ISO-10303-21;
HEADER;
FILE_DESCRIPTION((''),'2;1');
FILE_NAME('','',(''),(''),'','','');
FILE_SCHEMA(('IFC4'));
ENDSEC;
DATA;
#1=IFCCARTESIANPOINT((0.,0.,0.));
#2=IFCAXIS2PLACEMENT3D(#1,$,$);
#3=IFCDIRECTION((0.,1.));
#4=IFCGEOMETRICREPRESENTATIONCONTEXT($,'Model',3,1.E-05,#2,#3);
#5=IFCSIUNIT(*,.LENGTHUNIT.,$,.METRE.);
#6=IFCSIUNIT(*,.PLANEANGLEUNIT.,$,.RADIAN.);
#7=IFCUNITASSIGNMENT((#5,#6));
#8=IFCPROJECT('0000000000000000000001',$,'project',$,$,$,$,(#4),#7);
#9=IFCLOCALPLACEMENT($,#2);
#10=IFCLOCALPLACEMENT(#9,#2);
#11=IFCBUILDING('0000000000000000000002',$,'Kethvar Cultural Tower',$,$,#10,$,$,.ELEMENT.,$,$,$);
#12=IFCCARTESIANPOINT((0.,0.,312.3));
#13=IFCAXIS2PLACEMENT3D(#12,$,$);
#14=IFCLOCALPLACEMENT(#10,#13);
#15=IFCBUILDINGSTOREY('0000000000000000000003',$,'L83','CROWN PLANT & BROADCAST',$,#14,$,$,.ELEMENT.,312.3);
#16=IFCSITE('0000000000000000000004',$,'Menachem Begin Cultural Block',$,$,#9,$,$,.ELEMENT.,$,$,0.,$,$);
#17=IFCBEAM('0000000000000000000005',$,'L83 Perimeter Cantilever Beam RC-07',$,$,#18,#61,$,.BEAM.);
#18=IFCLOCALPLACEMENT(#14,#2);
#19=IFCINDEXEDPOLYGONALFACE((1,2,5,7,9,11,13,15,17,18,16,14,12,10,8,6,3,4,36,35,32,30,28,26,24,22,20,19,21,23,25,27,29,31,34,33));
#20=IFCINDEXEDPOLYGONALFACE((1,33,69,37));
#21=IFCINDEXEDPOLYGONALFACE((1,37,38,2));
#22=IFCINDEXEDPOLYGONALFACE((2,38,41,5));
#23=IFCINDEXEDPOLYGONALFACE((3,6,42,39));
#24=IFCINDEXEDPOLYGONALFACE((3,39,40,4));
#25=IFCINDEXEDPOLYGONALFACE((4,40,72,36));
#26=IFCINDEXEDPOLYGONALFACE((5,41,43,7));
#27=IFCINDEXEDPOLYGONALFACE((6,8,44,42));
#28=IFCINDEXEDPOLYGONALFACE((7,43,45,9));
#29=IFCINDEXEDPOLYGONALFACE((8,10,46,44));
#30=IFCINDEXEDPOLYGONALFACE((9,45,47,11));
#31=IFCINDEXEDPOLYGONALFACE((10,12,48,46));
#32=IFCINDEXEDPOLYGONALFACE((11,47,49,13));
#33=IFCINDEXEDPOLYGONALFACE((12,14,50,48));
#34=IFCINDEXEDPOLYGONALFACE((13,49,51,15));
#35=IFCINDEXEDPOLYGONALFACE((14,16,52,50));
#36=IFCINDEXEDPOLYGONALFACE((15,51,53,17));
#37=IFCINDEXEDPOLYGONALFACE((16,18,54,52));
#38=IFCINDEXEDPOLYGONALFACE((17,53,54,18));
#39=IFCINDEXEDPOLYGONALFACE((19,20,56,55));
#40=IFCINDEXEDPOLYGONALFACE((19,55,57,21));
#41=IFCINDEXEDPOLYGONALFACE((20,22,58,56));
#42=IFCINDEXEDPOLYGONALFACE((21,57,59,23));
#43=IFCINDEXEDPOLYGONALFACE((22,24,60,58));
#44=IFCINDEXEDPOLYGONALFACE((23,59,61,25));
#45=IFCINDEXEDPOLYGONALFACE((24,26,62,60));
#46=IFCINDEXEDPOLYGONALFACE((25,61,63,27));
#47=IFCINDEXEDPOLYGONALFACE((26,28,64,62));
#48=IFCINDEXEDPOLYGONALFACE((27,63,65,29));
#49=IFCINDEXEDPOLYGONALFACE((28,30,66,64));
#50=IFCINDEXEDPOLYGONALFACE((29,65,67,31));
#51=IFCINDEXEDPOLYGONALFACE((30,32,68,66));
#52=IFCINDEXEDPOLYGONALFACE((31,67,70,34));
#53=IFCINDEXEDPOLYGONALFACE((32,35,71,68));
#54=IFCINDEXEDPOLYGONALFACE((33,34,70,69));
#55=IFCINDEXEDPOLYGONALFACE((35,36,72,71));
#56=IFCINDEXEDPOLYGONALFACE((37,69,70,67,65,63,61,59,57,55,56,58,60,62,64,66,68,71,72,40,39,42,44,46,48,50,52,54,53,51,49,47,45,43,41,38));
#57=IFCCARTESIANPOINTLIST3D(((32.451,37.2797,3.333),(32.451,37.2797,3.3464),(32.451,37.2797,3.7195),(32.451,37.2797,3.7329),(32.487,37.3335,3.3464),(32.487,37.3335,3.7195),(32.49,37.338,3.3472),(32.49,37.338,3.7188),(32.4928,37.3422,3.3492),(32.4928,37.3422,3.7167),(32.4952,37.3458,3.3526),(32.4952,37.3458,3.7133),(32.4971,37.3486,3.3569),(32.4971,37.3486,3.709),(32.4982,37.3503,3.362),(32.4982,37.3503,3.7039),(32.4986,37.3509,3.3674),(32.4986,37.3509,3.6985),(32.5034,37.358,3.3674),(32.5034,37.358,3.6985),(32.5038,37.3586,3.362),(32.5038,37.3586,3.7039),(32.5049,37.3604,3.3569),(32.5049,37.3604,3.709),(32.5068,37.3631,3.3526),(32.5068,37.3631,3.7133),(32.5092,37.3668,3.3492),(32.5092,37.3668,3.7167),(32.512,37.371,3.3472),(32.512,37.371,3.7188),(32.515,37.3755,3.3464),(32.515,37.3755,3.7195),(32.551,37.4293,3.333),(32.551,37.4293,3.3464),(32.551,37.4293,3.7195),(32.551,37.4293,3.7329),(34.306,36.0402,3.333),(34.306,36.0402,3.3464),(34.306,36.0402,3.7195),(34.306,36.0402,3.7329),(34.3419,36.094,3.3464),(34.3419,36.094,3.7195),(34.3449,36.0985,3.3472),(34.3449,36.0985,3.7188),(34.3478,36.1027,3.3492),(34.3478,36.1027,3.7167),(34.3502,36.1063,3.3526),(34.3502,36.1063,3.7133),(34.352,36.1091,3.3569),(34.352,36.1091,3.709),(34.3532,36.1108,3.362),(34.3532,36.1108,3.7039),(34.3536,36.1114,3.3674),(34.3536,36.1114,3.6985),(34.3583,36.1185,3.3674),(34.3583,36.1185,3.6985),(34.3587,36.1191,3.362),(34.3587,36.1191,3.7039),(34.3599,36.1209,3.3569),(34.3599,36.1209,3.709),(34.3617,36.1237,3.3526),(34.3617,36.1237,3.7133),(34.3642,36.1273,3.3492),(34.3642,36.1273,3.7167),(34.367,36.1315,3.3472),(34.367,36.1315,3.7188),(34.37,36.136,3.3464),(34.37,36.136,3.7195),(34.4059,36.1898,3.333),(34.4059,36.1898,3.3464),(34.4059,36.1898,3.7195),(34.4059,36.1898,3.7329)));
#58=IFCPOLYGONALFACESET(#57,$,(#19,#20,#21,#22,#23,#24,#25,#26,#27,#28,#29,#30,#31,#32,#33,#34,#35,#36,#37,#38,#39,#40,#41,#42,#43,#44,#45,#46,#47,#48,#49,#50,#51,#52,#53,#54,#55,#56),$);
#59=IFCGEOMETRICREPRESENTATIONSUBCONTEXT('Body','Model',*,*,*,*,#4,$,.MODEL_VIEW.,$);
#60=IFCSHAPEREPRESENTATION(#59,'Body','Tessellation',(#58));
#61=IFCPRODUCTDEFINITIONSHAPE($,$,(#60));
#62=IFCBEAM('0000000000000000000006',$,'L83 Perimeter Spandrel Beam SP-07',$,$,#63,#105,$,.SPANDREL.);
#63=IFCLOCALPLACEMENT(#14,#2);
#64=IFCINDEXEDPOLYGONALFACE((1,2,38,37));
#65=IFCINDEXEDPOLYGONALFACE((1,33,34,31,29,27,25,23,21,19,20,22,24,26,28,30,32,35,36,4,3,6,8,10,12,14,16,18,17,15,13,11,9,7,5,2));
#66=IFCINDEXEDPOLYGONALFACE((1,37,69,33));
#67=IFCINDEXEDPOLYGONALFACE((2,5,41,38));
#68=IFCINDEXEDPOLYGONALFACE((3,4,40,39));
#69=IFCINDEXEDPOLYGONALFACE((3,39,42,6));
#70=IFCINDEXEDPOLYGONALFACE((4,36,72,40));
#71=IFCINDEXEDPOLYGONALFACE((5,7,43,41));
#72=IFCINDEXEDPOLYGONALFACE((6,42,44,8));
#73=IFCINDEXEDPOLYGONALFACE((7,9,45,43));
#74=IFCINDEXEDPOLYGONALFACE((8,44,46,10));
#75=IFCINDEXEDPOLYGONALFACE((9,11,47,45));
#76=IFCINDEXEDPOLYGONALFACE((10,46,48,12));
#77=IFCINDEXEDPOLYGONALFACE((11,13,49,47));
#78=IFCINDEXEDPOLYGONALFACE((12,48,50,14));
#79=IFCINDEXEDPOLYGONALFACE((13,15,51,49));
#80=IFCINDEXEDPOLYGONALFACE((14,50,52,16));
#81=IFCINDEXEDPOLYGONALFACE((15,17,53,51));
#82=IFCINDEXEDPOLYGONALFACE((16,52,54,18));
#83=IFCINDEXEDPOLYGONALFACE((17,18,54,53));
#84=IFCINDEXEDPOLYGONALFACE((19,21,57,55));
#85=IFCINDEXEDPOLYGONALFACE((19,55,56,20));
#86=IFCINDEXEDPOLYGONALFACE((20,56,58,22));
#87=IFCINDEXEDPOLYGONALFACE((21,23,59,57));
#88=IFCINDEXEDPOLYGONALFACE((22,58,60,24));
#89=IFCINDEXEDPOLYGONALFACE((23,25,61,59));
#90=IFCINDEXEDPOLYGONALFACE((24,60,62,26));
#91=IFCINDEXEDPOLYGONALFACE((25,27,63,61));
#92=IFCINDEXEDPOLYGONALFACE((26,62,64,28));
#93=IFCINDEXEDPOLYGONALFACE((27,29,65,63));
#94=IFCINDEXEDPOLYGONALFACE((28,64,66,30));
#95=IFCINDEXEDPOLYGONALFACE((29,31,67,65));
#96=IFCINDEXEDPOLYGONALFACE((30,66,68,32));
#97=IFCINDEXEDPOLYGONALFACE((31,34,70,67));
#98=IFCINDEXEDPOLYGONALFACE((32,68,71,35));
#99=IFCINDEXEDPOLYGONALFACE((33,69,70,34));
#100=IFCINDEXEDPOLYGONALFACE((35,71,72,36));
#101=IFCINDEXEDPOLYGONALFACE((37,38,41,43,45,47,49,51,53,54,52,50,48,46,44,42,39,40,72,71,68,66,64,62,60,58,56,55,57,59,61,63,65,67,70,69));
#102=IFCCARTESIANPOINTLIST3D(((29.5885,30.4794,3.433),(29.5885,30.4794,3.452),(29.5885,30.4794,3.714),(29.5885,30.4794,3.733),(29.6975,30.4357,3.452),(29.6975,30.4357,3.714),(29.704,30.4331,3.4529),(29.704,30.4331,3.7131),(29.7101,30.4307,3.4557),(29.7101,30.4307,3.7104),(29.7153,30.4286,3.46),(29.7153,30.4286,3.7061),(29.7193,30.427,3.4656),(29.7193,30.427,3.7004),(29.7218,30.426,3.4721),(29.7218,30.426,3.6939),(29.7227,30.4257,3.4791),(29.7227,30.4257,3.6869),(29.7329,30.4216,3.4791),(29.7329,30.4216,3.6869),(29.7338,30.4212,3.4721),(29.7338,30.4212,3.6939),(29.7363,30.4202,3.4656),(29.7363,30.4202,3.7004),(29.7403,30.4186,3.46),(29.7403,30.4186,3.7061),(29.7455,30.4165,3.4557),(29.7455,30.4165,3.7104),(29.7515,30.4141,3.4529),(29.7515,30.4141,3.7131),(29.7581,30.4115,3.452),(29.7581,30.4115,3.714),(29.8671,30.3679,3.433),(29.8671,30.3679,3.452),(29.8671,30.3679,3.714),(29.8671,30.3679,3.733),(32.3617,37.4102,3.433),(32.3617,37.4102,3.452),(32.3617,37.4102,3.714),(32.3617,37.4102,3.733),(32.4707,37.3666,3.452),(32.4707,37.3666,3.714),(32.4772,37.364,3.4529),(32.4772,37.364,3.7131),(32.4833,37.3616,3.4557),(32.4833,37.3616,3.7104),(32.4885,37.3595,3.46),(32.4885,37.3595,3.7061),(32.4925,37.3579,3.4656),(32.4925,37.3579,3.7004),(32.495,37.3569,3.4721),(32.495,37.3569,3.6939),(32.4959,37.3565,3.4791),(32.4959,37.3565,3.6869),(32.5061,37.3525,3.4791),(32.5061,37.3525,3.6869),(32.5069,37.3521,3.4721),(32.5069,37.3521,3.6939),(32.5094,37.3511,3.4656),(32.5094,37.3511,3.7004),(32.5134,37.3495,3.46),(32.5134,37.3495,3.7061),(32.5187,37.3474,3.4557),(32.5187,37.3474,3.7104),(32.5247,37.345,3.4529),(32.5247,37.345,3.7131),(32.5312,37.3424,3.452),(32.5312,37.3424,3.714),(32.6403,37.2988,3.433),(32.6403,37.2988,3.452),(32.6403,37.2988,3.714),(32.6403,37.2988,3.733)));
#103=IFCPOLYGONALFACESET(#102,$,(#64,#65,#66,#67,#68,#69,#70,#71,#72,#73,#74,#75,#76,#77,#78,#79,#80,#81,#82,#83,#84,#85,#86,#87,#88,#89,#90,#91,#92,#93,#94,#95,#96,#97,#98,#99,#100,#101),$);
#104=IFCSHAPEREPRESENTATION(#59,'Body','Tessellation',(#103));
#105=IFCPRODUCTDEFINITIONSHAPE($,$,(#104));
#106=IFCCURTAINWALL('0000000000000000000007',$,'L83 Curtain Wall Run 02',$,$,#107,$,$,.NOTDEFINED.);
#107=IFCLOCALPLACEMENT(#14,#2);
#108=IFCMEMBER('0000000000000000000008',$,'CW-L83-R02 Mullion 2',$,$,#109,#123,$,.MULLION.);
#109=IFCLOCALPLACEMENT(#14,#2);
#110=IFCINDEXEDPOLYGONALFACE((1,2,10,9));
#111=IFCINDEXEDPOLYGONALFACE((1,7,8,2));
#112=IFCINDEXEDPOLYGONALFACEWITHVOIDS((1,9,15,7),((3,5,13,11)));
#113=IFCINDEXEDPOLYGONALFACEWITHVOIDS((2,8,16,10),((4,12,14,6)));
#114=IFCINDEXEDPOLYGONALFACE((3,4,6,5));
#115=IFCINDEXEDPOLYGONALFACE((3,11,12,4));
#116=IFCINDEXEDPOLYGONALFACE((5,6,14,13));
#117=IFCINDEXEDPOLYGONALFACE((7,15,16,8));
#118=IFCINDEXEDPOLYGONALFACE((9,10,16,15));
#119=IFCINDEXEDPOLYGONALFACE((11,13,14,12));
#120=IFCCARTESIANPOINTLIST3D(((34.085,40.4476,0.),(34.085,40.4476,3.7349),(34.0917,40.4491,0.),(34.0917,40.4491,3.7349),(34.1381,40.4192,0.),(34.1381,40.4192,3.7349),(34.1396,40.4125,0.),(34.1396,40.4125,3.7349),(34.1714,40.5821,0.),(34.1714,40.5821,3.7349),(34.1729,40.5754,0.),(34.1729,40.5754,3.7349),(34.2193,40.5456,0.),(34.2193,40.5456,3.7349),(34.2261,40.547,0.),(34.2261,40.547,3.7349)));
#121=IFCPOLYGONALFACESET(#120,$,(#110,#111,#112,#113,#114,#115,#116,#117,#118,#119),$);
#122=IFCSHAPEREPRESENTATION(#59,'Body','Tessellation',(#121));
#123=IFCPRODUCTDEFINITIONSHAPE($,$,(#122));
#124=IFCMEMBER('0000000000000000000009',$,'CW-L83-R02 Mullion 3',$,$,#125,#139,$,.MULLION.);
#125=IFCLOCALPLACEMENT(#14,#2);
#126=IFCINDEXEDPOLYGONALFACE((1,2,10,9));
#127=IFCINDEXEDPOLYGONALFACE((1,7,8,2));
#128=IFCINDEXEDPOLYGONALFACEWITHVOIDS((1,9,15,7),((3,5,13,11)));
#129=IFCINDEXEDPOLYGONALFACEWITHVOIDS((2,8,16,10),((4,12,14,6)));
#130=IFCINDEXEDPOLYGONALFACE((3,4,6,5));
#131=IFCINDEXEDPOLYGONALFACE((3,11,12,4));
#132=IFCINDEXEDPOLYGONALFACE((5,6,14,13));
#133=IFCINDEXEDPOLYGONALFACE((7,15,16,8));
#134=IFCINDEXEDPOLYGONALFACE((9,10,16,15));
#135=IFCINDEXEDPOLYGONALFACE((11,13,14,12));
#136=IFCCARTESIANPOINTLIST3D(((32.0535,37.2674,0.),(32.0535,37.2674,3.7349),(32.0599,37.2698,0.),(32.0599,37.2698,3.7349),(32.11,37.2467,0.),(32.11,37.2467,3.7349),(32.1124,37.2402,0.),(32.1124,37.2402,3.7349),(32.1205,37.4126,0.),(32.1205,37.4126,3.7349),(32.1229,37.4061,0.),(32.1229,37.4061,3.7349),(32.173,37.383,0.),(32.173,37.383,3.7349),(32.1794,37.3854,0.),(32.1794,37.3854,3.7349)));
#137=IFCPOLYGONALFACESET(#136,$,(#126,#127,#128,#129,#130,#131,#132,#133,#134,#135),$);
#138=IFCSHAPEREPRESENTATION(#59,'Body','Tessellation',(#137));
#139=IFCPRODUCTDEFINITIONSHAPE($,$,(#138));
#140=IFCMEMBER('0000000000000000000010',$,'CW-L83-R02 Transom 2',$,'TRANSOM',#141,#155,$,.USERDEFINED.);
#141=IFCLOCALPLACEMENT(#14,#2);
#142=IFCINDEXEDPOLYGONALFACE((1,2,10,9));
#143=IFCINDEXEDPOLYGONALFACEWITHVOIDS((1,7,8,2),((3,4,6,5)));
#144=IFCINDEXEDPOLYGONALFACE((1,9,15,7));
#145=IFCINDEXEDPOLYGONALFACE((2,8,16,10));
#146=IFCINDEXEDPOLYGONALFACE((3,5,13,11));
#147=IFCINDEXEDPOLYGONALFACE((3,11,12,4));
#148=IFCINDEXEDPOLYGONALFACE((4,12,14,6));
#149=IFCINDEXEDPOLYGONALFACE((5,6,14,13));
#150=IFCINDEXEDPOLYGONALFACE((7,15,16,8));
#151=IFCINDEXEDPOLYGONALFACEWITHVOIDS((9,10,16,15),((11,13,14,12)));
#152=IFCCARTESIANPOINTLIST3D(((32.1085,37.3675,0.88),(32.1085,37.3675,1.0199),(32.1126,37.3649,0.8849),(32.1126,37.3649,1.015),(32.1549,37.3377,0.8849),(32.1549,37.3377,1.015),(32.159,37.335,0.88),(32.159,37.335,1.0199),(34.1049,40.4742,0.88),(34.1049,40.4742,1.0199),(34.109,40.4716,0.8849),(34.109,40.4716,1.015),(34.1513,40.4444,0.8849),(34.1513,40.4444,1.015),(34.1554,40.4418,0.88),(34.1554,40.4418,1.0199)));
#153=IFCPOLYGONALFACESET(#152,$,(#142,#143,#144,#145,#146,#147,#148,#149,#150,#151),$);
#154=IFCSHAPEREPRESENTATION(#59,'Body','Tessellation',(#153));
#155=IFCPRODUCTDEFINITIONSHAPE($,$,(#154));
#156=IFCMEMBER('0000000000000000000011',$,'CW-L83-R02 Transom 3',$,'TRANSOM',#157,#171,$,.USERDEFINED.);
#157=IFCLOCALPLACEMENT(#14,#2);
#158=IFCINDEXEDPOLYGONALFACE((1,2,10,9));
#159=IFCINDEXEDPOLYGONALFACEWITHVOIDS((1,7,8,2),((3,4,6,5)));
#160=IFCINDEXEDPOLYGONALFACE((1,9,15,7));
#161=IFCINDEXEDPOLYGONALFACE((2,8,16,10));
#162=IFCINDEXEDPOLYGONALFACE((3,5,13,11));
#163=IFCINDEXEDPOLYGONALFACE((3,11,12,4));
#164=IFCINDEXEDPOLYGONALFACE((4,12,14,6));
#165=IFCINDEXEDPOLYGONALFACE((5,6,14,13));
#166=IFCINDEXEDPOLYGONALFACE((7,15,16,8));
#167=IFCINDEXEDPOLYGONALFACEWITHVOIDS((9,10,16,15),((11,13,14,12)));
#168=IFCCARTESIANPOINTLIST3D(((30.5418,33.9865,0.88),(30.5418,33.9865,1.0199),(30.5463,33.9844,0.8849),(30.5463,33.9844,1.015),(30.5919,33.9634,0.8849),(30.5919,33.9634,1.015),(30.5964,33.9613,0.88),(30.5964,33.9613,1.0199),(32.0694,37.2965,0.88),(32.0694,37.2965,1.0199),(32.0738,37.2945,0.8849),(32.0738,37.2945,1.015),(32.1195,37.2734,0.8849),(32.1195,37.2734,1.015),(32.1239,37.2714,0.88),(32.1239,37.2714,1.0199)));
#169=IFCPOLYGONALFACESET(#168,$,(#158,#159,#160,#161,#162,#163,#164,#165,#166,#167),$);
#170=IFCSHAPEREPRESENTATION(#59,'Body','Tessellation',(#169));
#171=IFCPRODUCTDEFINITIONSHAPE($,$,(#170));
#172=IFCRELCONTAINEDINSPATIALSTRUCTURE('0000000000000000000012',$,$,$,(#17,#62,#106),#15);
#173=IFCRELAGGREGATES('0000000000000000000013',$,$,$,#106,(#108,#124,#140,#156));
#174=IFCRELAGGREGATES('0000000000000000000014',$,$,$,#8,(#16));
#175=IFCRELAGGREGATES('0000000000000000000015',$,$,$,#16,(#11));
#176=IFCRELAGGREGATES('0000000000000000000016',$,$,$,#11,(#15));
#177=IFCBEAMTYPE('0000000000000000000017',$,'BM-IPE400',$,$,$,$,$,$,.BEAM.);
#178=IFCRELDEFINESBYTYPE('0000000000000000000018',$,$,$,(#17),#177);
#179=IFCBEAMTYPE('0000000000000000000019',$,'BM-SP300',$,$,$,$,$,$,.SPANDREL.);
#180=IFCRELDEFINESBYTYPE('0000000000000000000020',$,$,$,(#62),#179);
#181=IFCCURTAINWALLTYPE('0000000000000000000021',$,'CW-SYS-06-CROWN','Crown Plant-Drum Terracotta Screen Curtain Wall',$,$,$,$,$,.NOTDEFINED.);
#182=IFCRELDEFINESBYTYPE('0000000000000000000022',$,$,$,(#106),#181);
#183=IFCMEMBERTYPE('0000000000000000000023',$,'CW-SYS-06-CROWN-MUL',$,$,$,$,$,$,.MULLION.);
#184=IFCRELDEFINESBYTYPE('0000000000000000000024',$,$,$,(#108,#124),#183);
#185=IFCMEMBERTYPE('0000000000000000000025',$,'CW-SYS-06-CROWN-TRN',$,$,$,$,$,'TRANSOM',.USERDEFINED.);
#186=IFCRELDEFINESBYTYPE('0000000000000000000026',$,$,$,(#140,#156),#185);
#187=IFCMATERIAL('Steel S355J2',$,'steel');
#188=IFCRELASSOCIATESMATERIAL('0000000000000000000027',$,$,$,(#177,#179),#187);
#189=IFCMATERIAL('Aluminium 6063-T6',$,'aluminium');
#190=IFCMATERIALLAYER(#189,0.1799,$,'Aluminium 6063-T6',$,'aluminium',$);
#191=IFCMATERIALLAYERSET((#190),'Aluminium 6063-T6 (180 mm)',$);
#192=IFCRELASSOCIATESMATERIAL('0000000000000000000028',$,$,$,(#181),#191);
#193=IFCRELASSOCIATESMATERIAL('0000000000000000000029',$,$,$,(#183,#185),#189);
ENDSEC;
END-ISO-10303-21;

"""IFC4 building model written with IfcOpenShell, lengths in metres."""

from ifc_helpers import new_model, si_unit, direction, frame, origin, origin_2d, place, context, subcontext, project, spatial, hollow_rectangle, i_section, extrude, source, transform, mapped, material, layer, layer_set, material_profile, profile_set, type_object, element, aggregate, save


model = new_model("IFC4")

# Units and contexts
model_context = context("Model", 3, precision=1e-05, world=origin(), true_north=direction((0.0, 1.0)))
body_context = subcontext(model_context, "Body", "Model", "MODEL_VIEW")
ifc_project = project(units=[si_unit("LENGTHUNIT", "METRE"), si_unit("PLANEANGLEUNIT", "RADIAN")], contexts=[model_context])

# Site, building, storey
site_placement = place(None, origin())
site = spatial("IfcSite", under=ifc_project, at=site_placement, Name="Menachem Begin Cultural Block", CompositionType="ELEMENT", RefElevation=0.0)
building_placement = place(site_placement, origin())
building = spatial("IfcBuilding", under=site, at=building_placement, Name="Kethvar Cultural Tower", CompositionType="ELEMENT")
storey_placement = place(building_placement, frame((0.0, 0.0, 312.3)))
storey = spatial("IfcBuildingStorey", under=building, at=storey_placement, Name="L83", Description="CROWN PLANT & BROADCAST", CompositionType="ELEMENT", Elevation=312.3)

# Shared definitions
ifc_material_1 = material(Name="Steel S355J2", Category="steel")

# Beams
ifc_material_profile_1 = material_profile(ifc_material_1, i_section(OverallWidth=0.1799, OverallDepth=0.3999, WebThickness=0.0085, FlangeThickness=0.0134, FilletRadius=0.021, at=origin_2d()), Name="Steel S355J2 — IPE400")
ifc_profile_set_1 = profile_set([ifc_material_profile_1], Name="Steel S355J2 — IPE400")
beam_type_1 = type_object("IfcBeamType", Name="BM-IPE400", PredefinedType="BEAM", material=ifc_profile_set_1)
shared_shape_1 = source(origin(), body_context, "Body", "SweptSolid", [
    extrude(i_section(OverallWidth=0.1799, OverallDepth=0.3999, WebThickness=0.0085, FlangeThickness=0.0134, FilletRadius=0.021, at=origin_2d()), origin(), (0.0, 0.0, 1.0), 2.231),
])
beam_1_placement = place(storey_placement, frame((34.356, 36.115, 3.533), z_axis=(-0.831461, 0.555584, 0.0), x_axis=(-0.555584, -0.831461, 0.0)))
element("IfcBeam", 1, at=beam_1_placement, inside=storey, type_object=beam_type_1, Name="L83 Perimeter Cantilever Beam RC-07", PredefinedType="BEAM", context=body_context, shape_type="MappedRepresentation", body=[
    mapped(shared_shape_1, transform((0.0, 0.0, 0.0), scale=1.0)),
])
ifc_material_profile_2 = material_profile(ifc_material_1, i_section(OverallWidth=0.3, OverallDepth=0.3, WebThickness=0.011, FlangeThickness=0.019, FilletRadius=0.0271, at=origin_2d()), Name="Steel S355J2 — HEB300")
ifc_profile_set_2 = profile_set([ifc_material_profile_2], Name="Steel S355J2 — HEB300")
beam_type_2 = type_object("IfcBeamType", Name="BM-SP300", PredefinedType="SPANDREL", material=ifc_profile_set_2)
shared_shape_2 = source(origin(), body_context, "Body", "SweptSolid", [
    extrude(i_section(OverallWidth=0.3, OverallDepth=0.3, WebThickness=0.011, FlangeThickness=0.019, FilletRadius=0.0271, at=origin_2d()), origin(), (0.0, 0.0, 1.0), 7.4651),
])
beam_2_placement = place(storey_placement, frame((32.501, 37.3545, 3.583), z_axis=(-0.371487, -0.928438, 0.0), x_axis=(0.928438, -0.371487, 0.0)))
element("IfcBeam", 2, at=beam_2_placement, inside=storey, type_object=beam_type_2, Name="L83 Perimeter Spandrel Beam SP-07", PredefinedType="SPANDREL", context=body_context, shape_type="MappedRepresentation", body=[
    mapped(shared_shape_2, transform((0.0, 0.0, 0.0), scale=1.0)),
])

# Curtain wall, members
ifc_material_2 = material(Name="Aluminium 6063-T6", Category="aluminium")
ifc_layer_1 = layer(ifc_material_2, 0.1799, Name="Aluminium 6063-T6", Category="aluminium")
ifc_layer_set_1 = layer_set([ifc_layer_1], Name="Aluminium 6063-T6 (180 mm)")
curtain_wall_type = type_object("IfcCurtainWallType", Name="CW-SYS-06-CROWN", Description="Crown Plant-Drum Terracotta Screen Curtain Wall", PredefinedType="NOTDEFINED", material=ifc_layer_set_1)
curtain_wall_placement = place(storey_placement, origin())
curtain_wall = element("IfcCurtainWall", 3, at=curtain_wall_placement, inside=storey, type_object=curtain_wall_type, Name="L83 Curtain Wall Run 02", PredefinedType="NOTDEFINED")
ifc_material_profile_3 = material_profile(ifc_material_2, hollow_rectangle(XDim=0.0649, YDim=0.1599, WallThickness=0.0049, at=origin_2d()), Name="Aluminium 6063-T6 — RHS160x65x5")
ifc_profile_set_3 = profile_set([ifc_material_profile_3], Name="Aluminium 6063-T6 — RHS160x65x5")
member_type_1 = type_object("IfcMemberType", Name="CW-SYS-06-CROWN-MUL", PredefinedType="MULLION", material=ifc_profile_set_3)
shared_shape_3 = source(origin(), body_context, "Body", "SweptSolid", [
    extrude(hollow_rectangle(XDim=0.0649, YDim=0.1599, WallThickness=0.0049, at=origin_2d()), origin(), (0.0, 0.0, 1.0), 3.7349),
])
member_1_placement = place(storey_placement, frame((34.1555, 40.4973, 0.0), z_axis=(0.0, 0.0, 1.0), x_axis=(0.841266, -0.540622, 0.0)))
member_1 = element("IfcMember", 4, at=member_1_placement, type_object=member_type_1, Name="CW-L83-R02 Mullion 2", PredefinedType="MULLION", context=body_context, shape_type="MappedRepresentation", body=[
    mapped(shared_shape_3, transform((0.0, 0.0, 0.0), scale=1.0)),
])
member_2_placement = place(storey_placement, frame((32.1165, 37.3264, 0.0), z_axis=(0.0, 0.0, 1.0), x_axis=(0.90796, -0.419056, 0.0)))
member_2 = element("IfcMember", 5, at=member_2_placement, type_object=member_type_1, Name="CW-L83-R02 Mullion 3", PredefinedType="MULLION", context=body_context, shape_type="MappedRepresentation", body=[
    mapped(shared_shape_3, transform((0.0, 0.0, 0.0), scale=1.0)),
])
ifc_material_profile_4 = material_profile(ifc_material_2, hollow_rectangle(XDim=0.0601, YDim=0.1399, WallThickness=0.0049, at=origin_2d()), Name="Aluminium 6063-T6 — RHS140x60x5")
ifc_profile_set_4 = profile_set([ifc_material_profile_4], Name="Aluminium 6063-T6 — RHS140x60x5")
member_type_2 = type_object("IfcMemberType", Name="CW-SYS-06-CROWN-TRN", ElementType="TRANSOM", PredefinedType="USERDEFINED", material=ifc_profile_set_4)
shared_shape_4 = source(origin(), body_context, "Body", "SweptSolid", [
    extrude(hollow_rectangle(XDim=0.0601, YDim=0.1399, WallThickness=0.0049, at=origin_2d()), origin(), (0.0, 0.0, 1.0), 3.6929),
])
member_3_placement = place(storey_placement, frame((34.1301, 40.458, 0.95), z_axis=(-0.540601, -0.841279, 0.0), x_axis=(0.841279, -0.540601, 0.0)))
member_3 = element("IfcMember", 6, at=member_3_placement, type_object=member_type_2, Name="CW-L83-R02 Transom 2", ObjectType="TRANSOM", PredefinedType="USERDEFINED", context=body_context, shape_type="MappedRepresentation", body=[
    mapped(shared_shape_4, transform((0.0, 0.0, 0.0), scale=1.0)),
])
shared_shape_5 = source(origin(), body_context, "Body", "SweptSolid", [
    extrude(hollow_rectangle(XDim=0.0601, YDim=0.1399, WallThickness=0.0049, at=origin_2d()), origin(), (0.0, 0.0, 1.0), 3.6455),
])
member_4_placement = place(storey_placement, frame((32.0967, 37.2839, 0.95), z_axis=(-0.419028, -0.907973, 0.0), x_axis=(0.907973, -0.419028, 0.0)))
member_4 = element("IfcMember", 7, at=member_4_placement, type_object=member_type_2, Name="CW-L83-R02 Transom 3", ObjectType="TRANSOM", PredefinedType="USERDEFINED", context=body_context, shape_type="MappedRepresentation", body=[
    mapped(shared_shape_5, transform((0.0, 0.0, 0.0), scale=1.0)),
])
aggregate(curtain_wall, [member_1, member_2, member_3, member_4])

save(model, "model.ifc")
